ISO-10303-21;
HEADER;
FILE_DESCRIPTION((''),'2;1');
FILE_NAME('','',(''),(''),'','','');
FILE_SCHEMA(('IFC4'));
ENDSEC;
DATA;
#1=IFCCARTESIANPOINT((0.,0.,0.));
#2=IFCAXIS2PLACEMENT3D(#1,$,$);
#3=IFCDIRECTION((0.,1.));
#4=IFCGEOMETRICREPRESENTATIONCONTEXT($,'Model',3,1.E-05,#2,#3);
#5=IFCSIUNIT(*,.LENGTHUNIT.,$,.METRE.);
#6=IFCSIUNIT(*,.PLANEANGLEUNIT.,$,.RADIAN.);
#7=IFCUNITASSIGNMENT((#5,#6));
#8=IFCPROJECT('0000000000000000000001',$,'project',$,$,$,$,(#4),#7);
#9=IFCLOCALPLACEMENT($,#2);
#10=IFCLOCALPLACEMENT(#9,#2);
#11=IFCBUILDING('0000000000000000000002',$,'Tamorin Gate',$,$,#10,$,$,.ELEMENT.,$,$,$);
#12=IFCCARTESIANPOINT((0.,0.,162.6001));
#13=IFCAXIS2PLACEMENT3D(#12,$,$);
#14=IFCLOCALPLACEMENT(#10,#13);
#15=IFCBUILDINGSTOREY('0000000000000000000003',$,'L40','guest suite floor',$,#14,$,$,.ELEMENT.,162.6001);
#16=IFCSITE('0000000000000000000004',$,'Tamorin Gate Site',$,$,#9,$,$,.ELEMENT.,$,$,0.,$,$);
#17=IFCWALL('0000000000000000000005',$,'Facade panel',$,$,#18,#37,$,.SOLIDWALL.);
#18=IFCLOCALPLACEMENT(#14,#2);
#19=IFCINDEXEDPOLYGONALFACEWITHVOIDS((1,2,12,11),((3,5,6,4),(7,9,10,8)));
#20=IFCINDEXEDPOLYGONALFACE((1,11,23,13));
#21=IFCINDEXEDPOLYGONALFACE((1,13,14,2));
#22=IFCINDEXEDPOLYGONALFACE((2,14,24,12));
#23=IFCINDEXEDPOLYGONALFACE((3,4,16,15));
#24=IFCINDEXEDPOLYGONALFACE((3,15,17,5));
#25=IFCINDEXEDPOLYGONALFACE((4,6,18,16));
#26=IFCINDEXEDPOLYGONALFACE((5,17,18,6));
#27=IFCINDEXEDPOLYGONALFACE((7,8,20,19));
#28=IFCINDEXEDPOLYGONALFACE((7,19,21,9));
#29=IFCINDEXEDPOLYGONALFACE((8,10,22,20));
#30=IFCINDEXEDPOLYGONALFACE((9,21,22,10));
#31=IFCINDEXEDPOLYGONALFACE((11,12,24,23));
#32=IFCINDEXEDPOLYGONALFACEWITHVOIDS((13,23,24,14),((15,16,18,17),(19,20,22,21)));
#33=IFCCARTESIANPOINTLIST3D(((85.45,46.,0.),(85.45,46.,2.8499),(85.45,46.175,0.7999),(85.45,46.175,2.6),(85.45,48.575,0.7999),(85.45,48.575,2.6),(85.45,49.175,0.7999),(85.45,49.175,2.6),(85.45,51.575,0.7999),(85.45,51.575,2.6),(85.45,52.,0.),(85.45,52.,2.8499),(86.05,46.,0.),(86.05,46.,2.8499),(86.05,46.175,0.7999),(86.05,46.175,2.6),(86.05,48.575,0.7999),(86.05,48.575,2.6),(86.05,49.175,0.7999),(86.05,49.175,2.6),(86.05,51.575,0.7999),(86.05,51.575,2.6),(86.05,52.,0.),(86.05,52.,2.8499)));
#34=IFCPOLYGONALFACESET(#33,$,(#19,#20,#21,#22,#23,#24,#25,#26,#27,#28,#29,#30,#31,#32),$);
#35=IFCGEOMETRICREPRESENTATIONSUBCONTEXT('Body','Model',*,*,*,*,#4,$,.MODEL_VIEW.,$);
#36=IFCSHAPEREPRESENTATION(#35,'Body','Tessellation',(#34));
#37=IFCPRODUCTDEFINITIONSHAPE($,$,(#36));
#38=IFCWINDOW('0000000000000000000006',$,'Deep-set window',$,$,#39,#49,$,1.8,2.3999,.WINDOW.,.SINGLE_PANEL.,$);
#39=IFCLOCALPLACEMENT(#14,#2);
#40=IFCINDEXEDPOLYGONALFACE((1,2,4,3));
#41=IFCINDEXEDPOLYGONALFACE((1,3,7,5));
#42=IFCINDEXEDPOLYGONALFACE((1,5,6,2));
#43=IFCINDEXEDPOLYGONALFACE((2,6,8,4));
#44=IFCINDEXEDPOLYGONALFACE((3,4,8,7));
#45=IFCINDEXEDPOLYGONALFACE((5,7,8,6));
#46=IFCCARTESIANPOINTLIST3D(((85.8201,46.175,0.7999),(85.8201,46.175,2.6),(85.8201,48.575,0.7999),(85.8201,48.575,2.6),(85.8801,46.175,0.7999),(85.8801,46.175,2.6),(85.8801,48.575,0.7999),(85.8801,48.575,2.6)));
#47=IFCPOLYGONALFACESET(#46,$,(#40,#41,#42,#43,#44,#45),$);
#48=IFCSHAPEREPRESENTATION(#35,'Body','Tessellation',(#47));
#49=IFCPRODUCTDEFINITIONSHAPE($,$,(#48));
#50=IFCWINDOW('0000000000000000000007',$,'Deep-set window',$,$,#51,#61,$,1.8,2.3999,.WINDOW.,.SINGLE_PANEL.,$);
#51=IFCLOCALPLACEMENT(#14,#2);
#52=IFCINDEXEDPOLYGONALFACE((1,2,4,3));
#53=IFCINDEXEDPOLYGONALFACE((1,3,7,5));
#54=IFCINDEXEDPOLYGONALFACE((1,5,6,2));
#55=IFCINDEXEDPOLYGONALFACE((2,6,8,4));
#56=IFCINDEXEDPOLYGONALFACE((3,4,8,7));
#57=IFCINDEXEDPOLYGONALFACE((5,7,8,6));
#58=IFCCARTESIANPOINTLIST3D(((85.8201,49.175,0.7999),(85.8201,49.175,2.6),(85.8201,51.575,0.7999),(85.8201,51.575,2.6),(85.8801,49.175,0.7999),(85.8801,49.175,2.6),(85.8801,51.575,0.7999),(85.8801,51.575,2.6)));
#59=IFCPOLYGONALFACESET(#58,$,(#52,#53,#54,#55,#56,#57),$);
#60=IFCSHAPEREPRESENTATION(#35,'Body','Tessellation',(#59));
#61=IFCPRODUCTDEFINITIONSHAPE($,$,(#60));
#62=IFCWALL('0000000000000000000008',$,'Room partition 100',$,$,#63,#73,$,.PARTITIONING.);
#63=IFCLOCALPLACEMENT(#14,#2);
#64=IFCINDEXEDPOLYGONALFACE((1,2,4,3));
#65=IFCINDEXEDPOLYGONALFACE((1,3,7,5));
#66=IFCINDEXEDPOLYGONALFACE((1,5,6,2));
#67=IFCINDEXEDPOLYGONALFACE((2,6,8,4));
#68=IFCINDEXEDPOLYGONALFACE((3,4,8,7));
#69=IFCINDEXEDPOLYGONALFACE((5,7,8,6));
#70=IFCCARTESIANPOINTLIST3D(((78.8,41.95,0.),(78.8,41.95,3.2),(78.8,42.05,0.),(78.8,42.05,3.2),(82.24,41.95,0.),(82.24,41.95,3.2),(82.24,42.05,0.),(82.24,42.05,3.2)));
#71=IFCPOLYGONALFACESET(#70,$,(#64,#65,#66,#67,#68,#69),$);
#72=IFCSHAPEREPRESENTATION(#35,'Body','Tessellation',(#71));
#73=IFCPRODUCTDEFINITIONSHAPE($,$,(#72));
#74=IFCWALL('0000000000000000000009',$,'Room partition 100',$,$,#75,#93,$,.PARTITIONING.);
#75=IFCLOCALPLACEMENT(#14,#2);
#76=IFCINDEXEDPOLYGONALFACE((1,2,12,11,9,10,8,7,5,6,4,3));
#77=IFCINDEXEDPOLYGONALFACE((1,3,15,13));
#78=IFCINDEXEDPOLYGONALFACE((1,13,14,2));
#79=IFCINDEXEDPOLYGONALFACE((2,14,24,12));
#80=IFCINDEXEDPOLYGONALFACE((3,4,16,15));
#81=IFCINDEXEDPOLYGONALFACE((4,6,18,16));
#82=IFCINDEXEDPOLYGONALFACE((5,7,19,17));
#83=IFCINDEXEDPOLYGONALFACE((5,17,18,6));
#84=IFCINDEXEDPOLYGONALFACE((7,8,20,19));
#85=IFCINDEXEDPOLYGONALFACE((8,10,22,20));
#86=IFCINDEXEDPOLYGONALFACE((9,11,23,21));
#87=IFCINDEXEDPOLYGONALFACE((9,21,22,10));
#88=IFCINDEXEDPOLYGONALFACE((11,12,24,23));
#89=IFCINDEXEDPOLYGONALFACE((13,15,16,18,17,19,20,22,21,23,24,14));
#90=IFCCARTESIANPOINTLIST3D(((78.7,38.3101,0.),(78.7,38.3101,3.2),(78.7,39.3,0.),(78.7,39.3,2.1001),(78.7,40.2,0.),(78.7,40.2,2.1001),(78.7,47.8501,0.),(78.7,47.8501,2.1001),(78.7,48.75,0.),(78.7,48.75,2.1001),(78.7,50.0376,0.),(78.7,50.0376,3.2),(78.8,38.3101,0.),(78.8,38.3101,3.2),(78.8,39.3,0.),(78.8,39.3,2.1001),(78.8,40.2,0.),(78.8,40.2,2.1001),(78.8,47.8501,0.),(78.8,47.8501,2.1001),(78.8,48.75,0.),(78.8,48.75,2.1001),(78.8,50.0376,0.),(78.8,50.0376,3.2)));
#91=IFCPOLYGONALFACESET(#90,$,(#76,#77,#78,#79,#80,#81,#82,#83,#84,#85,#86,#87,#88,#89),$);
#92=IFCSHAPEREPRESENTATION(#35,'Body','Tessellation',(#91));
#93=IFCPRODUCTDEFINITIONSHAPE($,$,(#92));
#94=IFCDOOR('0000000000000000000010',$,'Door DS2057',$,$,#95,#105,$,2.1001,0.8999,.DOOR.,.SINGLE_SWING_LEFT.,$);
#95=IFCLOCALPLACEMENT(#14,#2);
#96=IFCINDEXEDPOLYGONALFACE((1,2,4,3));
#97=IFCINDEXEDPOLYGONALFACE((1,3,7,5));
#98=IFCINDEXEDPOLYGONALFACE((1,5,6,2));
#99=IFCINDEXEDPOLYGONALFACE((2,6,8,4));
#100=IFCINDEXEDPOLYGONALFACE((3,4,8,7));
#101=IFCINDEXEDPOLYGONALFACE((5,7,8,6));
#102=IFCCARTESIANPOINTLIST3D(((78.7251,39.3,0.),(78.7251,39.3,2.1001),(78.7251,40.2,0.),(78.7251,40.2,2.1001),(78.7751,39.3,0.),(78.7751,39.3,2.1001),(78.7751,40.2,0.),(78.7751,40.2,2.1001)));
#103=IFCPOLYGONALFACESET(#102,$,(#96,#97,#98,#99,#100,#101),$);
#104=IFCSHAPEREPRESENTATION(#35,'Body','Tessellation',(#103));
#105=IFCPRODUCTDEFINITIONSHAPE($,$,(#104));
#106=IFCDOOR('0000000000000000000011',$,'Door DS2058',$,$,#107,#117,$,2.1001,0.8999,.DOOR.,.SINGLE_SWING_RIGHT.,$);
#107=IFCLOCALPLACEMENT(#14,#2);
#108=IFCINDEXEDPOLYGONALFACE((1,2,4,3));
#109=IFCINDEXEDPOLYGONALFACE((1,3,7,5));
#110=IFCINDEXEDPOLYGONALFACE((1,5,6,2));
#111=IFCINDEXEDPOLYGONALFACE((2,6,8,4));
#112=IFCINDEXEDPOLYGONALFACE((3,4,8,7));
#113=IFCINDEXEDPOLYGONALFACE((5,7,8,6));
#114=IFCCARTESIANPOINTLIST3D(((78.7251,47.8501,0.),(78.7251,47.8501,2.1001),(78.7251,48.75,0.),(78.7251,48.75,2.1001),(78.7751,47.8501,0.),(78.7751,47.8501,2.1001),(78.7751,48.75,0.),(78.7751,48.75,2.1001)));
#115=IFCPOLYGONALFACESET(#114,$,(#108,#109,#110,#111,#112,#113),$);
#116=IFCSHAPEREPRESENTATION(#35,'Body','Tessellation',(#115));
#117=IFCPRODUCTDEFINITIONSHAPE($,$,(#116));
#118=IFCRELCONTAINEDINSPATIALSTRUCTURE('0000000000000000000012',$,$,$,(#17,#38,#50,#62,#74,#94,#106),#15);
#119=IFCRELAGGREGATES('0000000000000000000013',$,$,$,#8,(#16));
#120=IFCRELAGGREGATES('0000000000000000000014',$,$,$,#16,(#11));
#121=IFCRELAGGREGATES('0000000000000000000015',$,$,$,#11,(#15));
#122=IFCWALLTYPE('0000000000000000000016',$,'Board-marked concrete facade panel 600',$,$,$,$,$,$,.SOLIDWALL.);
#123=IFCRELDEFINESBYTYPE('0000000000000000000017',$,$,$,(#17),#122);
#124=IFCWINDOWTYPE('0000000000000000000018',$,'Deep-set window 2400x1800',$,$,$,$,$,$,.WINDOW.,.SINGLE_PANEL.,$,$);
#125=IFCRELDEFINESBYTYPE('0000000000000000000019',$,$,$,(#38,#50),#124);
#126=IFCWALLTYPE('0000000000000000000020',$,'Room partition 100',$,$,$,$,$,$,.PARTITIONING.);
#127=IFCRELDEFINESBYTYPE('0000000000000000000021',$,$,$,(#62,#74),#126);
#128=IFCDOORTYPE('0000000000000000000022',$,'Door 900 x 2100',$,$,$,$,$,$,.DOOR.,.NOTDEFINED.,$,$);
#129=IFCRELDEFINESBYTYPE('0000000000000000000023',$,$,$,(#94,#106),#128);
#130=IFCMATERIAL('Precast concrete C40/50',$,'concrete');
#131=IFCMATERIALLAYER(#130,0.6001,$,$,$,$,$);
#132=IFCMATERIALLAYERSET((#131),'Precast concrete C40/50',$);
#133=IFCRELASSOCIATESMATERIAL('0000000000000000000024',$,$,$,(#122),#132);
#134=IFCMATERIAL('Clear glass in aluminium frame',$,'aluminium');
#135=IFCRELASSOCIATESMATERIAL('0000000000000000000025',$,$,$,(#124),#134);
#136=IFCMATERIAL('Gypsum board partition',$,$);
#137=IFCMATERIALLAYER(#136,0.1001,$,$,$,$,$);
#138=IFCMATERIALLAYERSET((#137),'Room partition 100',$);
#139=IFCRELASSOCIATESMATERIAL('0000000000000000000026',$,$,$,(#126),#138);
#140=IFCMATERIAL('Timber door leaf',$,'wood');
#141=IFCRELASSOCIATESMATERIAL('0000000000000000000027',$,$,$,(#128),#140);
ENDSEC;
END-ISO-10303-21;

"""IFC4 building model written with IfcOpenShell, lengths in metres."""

from ifc_helpers import new_model, si_unit, direction, frame, frame_2d, origin, place, context, subcontext, project, spatial, rectangle, extrude, material, layer, layer_set, type_object, element, fill, save


model = new_model("IFC4")

# Units and contexts
model_context = context("Model", 3, precision=1e-05, world=origin(), true_north=direction((0.0, 1.0)))
body_context = subcontext(model_context, "Body", "Model", "MODEL_VIEW")
ifc_project = project(units=[si_unit("LENGTHUNIT", "METRE"), si_unit("PLANEANGLEUNIT", "RADIAN")], contexts=[model_context])

# Site, building, storey
site_placement = place(None, origin())
site = spatial("IfcSite", under=ifc_project, at=site_placement, Name="Tamorin Gate Site", CompositionType="ELEMENT", RefElevation=0.0)
building_placement = place(site_placement, origin())
building = spatial("IfcBuilding", under=site, at=building_placement, Name="Tamorin Gate", CompositionType="ELEMENT")
storey_placement = place(building_placement, frame((0.0, 0.0, 162.6001)))
storey = spatial("IfcBuildingStorey", under=building, at=storey_placement, Name="L40", Description="guest suite floor", CompositionType="ELEMENT", Elevation=162.6001)

# Shared definitions
ifc_material_1 = material(Name="Precast concrete C40/50", Category="concrete")
ifc_layer_1 = layer(ifc_material_1, 0.6001)
ifc_layer_set_1 = layer_set([ifc_layer_1], Name="Precast concrete C40/50")
wall_type_1 = type_object("IfcWallType", Name="Board-marked concrete facade panel 600", PredefinedType="SOLIDWALL", material=ifc_layer_set_1)
ifc_material_2 = material(Name="Clear glass in aluminium frame", Category="aluminium")
window_type_1 = type_object("IfcWindowType", Name="Deep-set window 2400x1800", PartitioningType="SINGLE_PANEL", PredefinedType="WINDOW", material=ifc_material_2)

# Wall, openings, windows
wall_1_placement = place(storey_placement, frame((85.75, 46.0, 0.0), z_axis=(0.0, 0.0, 1.0), x_axis=(0.0, 1.0, 0.0)))
wall_1 = element("IfcWall", 1, at=wall_1_placement, inside=storey, type_object=wall_type_1, Name="Facade panel", PredefinedType="SOLIDWALL", context=body_context, shape_type="SweptSolid", body=[
    extrude(rectangle(XDim=6.0, YDim=0.6001, at=frame_2d((3.0, 0.0))), origin(), (0.0, 0.0, 1.0), 2.8499),
])
opening_1_placement = place(wall_1_placement, frame((0.175, 0.0, 0.8)))
opening_1 = element("IfcOpeningElement", 2, at=opening_1_placement, cuts=wall_1, PredefinedType="OPENING", context=body_context, shape_type="SweptSolid", body=[
    extrude(rectangle(XDim=2.3999, YDim=1.8, at=frame_2d((1.2, 0.8999))), frame((0.0, 0.3101, 0.0), z_axis=(0.0, -1.0, 0.0), x_axis=(1.0, 0.0, 0.0)), (0.0, 0.0, 1.0), 0.6201),
])
opening_2_placement = place(wall_1_placement, frame((3.175, 0.0, 0.8)))
opening_2 = element("IfcOpeningElement", 3, at=opening_2_placement, cuts=wall_1, PredefinedType="OPENING", context=body_context, shape_type="SweptSolid", body=[
    extrude(rectangle(XDim=2.3999, YDim=1.8, at=frame_2d((1.2, 0.8999))), frame((0.0, 0.3101, 0.0), z_axis=(0.0, -1.0, 0.0), x_axis=(1.0, 0.0, 0.0)), (0.0, 0.0, 1.0), 0.6201),
])
window_1_placement = place(opening_1_placement, origin())
window_1 = element("IfcWindow", 4, at=window_1_placement, inside=storey, type_object=window_type_1, Name="Deep-set window", OverallHeight=1.8, OverallWidth=2.3999, PartitioningType="SINGLE_PANEL", PredefinedType="WINDOW", context=body_context, shape_type="SweptSolid", body=[
    extrude(rectangle(XDim=2.3999, YDim=1.8, at=frame_2d((1.2, 0.8999))), frame((0.0, -0.0701, 0.0), z_axis=(0.0, -1.0, 0.0), x_axis=(1.0, 0.0, 0.0)), (0.0, 0.0, 1.0), 0.0601),
])
fill(opening_1, window_1)
window_2_placement = place(opening_2_placement, origin())
window_2 = element("IfcWindow", 5, at=window_2_placement, inside=storey, type_object=window_type_1, Name="Deep-set window", OverallHeight=1.8, OverallWidth=2.3999, PartitioningType="SINGLE_PANEL", PredefinedType="WINDOW", context=body_context, shape_type="SweptSolid", body=[
    extrude(rectangle(XDim=2.3999, YDim=1.8, at=frame_2d((1.2, 0.8999))), frame((0.0, -0.0701, 0.0), z_axis=(0.0, -1.0, 0.0), x_axis=(1.0, 0.0, 0.0)), (0.0, 0.0, 1.0), 0.0601),
])
fill(opening_2, window_2)

# Wall
ifc_material_3 = material(Name="Gypsum board partition")
ifc_layer_2 = layer(ifc_material_3, 0.1001)
ifc_layer_set_2 = layer_set([ifc_layer_2], Name="Room partition 100")
wall_type_2 = type_object("IfcWallType", Name="Room partition 100", PredefinedType="PARTITIONING", material=ifc_layer_set_2)
wall_2_placement = place(storey_placement, frame((78.8, 42.0, 0.0), z_axis=(0.0, 0.0, 1.0), x_axis=(1.0, 0.0, 0.0)))
element("IfcWall", 6, at=wall_2_placement, inside=storey, type_object=wall_type_2, Name="Room partition 100", PredefinedType="PARTITIONING", context=body_context, shape_type="SweptSolid", body=[
    extrude(rectangle(XDim=3.4399, YDim=0.1001, at=frame_2d((1.72, 0.0))), origin(), (0.0, 0.0, 1.0), 3.2),
])

# Wall, openings, doors
wall_3_placement = place(storey_placement, frame((78.75, 38.3101, 0.0), z_axis=(0.0, 0.0, 1.0), x_axis=(0.0, 1.0, 0.0)))
wall_3 = element("IfcWall", 7, at=wall_3_placement, inside=storey, type_object=wall_type_2, Name="Room partition 100", PredefinedType="PARTITIONING", context=body_context, shape_type="SweptSolid", body=[
    extrude(rectangle(XDim=11.7275, YDim=0.1001, at=frame_2d((5.8638, 0.0))), origin(), (0.0, 0.0, 1.0), 3.2),
])
opening_3_placement = place(wall_3_placement, frame((0.99, 0.0, 0.0)))
opening_3 = element("IfcOpeningElement", 8, at=opening_3_placement, cuts=wall_3, PredefinedType="OPENING", context=body_context, shape_type="SweptSolid", body=[
    extrude(rectangle(XDim=0.8999, YDim=2.1001, at=frame_2d((0.45, 1.05))), frame((0.0, 0.0601, 0.0), z_axis=(0.0, -1.0, 0.0), x_axis=(1.0, 0.0, 0.0)), (0.0, 0.0, 1.0), 0.1201),
])
opening_4_placement = place(wall_3_placement, frame((9.54, 0.0, 0.0)))
opening_4 = element("IfcOpeningElement", 9, at=opening_4_placement, cuts=wall_3, PredefinedType="OPENING", context=body_context, shape_type="SweptSolid", body=[
    extrude(rectangle(XDim=0.8999, YDim=2.1001, at=frame_2d((0.45, 1.05))), frame((0.0, 0.0601, 0.0), z_axis=(0.0, -1.0, 0.0), x_axis=(1.0, 0.0, 0.0)), (0.0, 0.0, 1.0), 0.1201),
])
ifc_material_4 = material(Name="Timber door leaf", Category="wood")
door_type = type_object("IfcDoorType", Name="Door 900 x 2100", OperationType="NOTDEFINED", PredefinedType="DOOR", material=ifc_material_4)
door_1_placement = place(opening_3_placement, origin())
door_1 = element("IfcDoor", 10, at=door_1_placement, inside=storey, type_object=door_type, Name="Door DS2057", OperationType="SINGLE_SWING_LEFT", OverallHeight=2.1001, OverallWidth=0.8999, PredefinedType="DOOR", context=body_context, shape_type="SweptSolid", body=[
    extrude(rectangle(XDim=0.8999, YDim=2.1001, at=frame_2d((0.45, 1.05))), frame((0.0, 0.0249, 0.0), z_axis=(0.0, -1.0, 0.0), x_axis=(1.0, 0.0, 0.0)), (0.0, 0.0, 1.0), 0.05),
])
fill(opening_3, door_1)
door_2_placement = place(opening_4_placement, origin())
door_2 = element("IfcDoor", 11, at=door_2_placement, inside=storey, type_object=door_type, Name="Door DS2058", OperationType="SINGLE_SWING_RIGHT", OverallHeight=2.1001, OverallWidth=0.8999, PredefinedType="DOOR", context=body_context, shape_type="SweptSolid", body=[
    extrude(rectangle(XDim=0.8999, YDim=2.1001, at=frame_2d((0.45, 1.05))), frame((0.0, 0.0249, 0.0), z_axis=(0.0, -1.0, 0.0), x_axis=(1.0, 0.0, 0.0)), (0.0, 0.0, 1.0), 0.05),
])
fill(opening_4, door_2)

save(model, "model.ifc")
